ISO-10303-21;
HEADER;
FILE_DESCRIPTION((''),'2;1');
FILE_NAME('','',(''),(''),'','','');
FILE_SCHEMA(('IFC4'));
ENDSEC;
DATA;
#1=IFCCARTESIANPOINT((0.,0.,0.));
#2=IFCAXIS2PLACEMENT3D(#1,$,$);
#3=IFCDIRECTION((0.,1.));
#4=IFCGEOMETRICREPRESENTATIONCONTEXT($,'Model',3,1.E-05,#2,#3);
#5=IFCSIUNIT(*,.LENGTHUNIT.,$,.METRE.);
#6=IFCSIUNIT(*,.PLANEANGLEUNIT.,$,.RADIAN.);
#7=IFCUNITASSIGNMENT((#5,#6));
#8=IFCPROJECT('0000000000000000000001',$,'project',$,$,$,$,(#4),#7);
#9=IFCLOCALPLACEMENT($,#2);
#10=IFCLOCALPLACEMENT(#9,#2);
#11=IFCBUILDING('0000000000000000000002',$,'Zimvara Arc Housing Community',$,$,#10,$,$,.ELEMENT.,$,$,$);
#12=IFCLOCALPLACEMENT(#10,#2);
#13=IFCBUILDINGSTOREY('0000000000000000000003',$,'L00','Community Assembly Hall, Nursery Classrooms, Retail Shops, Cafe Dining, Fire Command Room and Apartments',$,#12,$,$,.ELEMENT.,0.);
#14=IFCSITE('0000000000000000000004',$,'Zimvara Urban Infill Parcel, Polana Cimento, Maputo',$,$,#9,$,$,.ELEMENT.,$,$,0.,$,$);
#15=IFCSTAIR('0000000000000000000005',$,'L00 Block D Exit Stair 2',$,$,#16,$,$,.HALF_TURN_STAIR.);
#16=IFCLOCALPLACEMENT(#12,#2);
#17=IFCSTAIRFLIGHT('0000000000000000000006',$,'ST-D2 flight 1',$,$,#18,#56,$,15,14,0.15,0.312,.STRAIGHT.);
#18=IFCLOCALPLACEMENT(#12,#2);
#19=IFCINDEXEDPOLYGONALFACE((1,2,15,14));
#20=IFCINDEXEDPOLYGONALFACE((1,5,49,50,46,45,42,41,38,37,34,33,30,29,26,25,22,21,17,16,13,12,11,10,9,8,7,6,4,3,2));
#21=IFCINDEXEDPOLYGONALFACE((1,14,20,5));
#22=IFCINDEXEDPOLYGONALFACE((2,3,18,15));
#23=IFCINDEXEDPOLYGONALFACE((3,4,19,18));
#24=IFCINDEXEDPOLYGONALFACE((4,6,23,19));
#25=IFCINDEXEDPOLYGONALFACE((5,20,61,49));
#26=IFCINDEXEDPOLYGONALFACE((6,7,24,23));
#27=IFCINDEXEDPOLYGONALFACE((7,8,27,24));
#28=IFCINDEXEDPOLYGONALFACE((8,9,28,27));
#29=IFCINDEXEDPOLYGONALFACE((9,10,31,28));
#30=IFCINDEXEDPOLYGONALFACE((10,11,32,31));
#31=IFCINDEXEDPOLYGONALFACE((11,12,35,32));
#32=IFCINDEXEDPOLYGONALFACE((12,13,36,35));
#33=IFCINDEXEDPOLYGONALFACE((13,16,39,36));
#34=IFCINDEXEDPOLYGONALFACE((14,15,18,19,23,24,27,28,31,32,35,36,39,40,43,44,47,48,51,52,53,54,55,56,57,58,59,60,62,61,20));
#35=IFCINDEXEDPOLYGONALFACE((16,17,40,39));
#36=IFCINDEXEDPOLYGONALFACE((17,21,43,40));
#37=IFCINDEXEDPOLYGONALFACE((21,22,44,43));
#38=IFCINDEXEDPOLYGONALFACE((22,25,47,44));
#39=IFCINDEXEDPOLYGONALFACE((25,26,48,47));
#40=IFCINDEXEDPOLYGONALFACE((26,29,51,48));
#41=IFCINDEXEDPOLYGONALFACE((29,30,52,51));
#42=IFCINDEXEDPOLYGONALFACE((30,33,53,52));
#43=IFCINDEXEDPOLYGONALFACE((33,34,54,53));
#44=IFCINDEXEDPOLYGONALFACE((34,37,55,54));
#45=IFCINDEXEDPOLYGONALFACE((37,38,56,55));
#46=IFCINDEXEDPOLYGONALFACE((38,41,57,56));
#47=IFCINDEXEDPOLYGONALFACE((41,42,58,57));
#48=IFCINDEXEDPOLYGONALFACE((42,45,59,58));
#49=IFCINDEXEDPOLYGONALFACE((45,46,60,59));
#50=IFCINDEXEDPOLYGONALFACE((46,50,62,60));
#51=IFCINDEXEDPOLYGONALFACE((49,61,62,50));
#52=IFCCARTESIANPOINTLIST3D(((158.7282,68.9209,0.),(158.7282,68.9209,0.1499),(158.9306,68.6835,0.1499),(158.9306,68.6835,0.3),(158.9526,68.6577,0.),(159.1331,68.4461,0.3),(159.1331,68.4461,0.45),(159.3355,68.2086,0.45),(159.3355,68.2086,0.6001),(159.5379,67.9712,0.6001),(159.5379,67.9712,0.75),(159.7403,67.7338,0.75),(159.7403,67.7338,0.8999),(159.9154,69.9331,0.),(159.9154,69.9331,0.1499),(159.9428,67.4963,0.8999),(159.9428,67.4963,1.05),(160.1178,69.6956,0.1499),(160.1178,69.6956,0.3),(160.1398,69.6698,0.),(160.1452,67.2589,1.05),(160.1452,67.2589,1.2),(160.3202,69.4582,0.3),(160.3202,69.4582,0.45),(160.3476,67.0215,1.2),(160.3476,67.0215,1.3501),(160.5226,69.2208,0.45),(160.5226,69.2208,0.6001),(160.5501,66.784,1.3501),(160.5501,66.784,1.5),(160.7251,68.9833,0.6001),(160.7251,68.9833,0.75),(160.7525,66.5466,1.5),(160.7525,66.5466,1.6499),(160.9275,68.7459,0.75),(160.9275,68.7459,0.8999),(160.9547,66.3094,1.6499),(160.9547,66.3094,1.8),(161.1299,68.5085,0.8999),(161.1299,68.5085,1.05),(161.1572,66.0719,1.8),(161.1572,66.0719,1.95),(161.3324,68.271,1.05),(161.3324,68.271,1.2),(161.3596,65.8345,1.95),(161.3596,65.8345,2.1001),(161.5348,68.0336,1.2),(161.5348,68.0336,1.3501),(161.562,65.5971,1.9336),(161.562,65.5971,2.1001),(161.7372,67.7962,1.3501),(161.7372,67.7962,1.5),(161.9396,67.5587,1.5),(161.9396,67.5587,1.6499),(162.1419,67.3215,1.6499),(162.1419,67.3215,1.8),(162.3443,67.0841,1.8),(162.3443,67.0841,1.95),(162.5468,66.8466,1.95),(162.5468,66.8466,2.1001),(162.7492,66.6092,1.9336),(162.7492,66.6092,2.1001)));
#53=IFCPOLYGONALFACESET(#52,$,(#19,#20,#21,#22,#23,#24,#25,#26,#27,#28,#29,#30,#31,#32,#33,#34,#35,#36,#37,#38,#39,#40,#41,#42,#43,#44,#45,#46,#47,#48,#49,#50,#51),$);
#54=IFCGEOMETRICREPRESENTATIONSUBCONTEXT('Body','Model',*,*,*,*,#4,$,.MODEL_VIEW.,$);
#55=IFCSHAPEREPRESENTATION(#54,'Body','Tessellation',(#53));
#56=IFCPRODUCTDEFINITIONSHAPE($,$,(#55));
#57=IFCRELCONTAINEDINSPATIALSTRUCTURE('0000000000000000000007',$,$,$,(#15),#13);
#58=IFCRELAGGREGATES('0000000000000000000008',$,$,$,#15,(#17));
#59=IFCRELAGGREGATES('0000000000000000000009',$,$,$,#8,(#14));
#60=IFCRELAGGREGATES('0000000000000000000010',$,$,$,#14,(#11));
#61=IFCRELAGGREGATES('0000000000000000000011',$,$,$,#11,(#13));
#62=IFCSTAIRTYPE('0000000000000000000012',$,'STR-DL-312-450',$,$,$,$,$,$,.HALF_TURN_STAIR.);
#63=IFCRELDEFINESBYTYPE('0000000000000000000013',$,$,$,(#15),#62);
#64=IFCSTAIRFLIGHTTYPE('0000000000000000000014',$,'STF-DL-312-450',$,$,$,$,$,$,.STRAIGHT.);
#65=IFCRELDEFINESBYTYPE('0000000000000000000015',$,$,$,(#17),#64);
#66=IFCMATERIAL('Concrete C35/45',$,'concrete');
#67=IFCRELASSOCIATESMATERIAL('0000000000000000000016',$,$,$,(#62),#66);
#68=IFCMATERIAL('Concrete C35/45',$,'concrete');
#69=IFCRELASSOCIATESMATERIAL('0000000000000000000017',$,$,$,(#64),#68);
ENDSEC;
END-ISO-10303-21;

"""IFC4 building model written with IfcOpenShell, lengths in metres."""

from ifc_helpers import new_model, si_unit, direction, frame, origin, place, context, subcontext, project, spatial, polyline, outline, extrude, material, type_object, element, aggregate, save


model = new_model("IFC4")

# Units and contexts
model_context = context("Model", 3, precision=1e-05, world=origin(), true_north=direction((0.0, 1.0)))
body_context = subcontext(model_context, "Body", "Model", "MODEL_VIEW")
ifc_project = project(units=[si_unit("LENGTHUNIT", "METRE"), si_unit("PLANEANGLEUNIT", "RADIAN")], contexts=[model_context])

# Site, building, storey
site_placement = place(None, origin())
site = spatial("IfcSite", under=ifc_project, at=site_placement, Name="Zimvara Urban Infill Parcel, Polana Cimento, Maputo", CompositionType="ELEMENT", RefElevation=0.0)
building_placement = place(site_placement, origin())
building = spatial("IfcBuilding", under=site, at=building_placement, Name="Zimvara Arc Housing Community", CompositionType="ELEMENT")
storey_placement = place(building_placement, origin())
storey = spatial("IfcBuildingStorey", under=building, at=storey_placement, Name="L00", Description="Community Assembly Hall, Nursery Classrooms, Retail Shops, Cafe Dining, Fire Command Room and Apartments", CompositionType="ELEMENT", Elevation=0.0)

# Stair, stair flight
ifc_material_1 = material(Name="Concrete C35/45", Category="concrete")
stair_type = type_object("IfcStairType", Name="STR-DL-312-450", PredefinedType="HALF_TURN_STAIR", material=ifc_material_1)
stair_placement = place(storey_placement, origin())
stair = element("IfcStair", 1, at=stair_placement, inside=storey, type_object=stair_type, Name="L00 Block D Exit Stair 2", PredefinedType="HALF_TURN_STAIR")
ifc_material_2 = material(Name="Concrete C35/45", Category="concrete")
stair_flight_type = type_object("IfcStairFlightType", Name="STF-DL-312-450", PredefinedType="STRAIGHT", material=ifc_material_2)
stair_flight_placement = place(storey_placement, frame((159.3218, 69.427, 0.0), z_axis=(0.0, 0.0, 1.0), x_axis=(0.648784, -0.760972, 0.0)))
stair_flight = element("IfcStairFlight", 2, at=stair_flight_placement, type_object=stair_flight_type, Name="ST-D2 flight 1", NumberOfRisers=15, NumberOfTreads=14, PredefinedType="STRAIGHT", RiserHeight=0.15, TreadLength=0.312, context=body_context, shape_type="SweptSolid", body=[
    extrude(outline(polyline([(0.0, 0.0), (0.0, 0.1499), (0.312, 0.1499), (0.312, 0.3), (0.624, 0.3), (0.624, 0.45), (0.936, 0.45), (0.936, 0.6001), (1.248, 0.6001), (1.248, 0.75), (1.5601, 0.75), (1.5601, 0.8999), (1.8721, 0.8999), (1.8721, 1.05), (2.1841, 1.05), (2.1841, 1.2), (2.4961, 1.2), (2.4961, 1.3501), (2.8081, 1.3501), (2.8081, 1.5), (3.1201, 1.5), (3.1201, 1.6499), (3.4319, 1.6499), (3.4319, 1.8), (3.7439, 1.8), (3.7439, 1.95), (4.0559, 1.95), (4.0559, 2.1001), (4.3679, 2.1001), (4.3679, 2.25), (4.3679, 1.9336), (0.3459, 0.0), (0.0, 0.0)])), frame((0.0, 0.78, 0.0), z_axis=(0.0, -1.0, 0.0), x_axis=(1.0, 0.0, 0.0)), (0.0, 0.0, 1.0), 1.5601),
])
aggregate(stair, [stair_flight])

save(model, "model.ifc")
